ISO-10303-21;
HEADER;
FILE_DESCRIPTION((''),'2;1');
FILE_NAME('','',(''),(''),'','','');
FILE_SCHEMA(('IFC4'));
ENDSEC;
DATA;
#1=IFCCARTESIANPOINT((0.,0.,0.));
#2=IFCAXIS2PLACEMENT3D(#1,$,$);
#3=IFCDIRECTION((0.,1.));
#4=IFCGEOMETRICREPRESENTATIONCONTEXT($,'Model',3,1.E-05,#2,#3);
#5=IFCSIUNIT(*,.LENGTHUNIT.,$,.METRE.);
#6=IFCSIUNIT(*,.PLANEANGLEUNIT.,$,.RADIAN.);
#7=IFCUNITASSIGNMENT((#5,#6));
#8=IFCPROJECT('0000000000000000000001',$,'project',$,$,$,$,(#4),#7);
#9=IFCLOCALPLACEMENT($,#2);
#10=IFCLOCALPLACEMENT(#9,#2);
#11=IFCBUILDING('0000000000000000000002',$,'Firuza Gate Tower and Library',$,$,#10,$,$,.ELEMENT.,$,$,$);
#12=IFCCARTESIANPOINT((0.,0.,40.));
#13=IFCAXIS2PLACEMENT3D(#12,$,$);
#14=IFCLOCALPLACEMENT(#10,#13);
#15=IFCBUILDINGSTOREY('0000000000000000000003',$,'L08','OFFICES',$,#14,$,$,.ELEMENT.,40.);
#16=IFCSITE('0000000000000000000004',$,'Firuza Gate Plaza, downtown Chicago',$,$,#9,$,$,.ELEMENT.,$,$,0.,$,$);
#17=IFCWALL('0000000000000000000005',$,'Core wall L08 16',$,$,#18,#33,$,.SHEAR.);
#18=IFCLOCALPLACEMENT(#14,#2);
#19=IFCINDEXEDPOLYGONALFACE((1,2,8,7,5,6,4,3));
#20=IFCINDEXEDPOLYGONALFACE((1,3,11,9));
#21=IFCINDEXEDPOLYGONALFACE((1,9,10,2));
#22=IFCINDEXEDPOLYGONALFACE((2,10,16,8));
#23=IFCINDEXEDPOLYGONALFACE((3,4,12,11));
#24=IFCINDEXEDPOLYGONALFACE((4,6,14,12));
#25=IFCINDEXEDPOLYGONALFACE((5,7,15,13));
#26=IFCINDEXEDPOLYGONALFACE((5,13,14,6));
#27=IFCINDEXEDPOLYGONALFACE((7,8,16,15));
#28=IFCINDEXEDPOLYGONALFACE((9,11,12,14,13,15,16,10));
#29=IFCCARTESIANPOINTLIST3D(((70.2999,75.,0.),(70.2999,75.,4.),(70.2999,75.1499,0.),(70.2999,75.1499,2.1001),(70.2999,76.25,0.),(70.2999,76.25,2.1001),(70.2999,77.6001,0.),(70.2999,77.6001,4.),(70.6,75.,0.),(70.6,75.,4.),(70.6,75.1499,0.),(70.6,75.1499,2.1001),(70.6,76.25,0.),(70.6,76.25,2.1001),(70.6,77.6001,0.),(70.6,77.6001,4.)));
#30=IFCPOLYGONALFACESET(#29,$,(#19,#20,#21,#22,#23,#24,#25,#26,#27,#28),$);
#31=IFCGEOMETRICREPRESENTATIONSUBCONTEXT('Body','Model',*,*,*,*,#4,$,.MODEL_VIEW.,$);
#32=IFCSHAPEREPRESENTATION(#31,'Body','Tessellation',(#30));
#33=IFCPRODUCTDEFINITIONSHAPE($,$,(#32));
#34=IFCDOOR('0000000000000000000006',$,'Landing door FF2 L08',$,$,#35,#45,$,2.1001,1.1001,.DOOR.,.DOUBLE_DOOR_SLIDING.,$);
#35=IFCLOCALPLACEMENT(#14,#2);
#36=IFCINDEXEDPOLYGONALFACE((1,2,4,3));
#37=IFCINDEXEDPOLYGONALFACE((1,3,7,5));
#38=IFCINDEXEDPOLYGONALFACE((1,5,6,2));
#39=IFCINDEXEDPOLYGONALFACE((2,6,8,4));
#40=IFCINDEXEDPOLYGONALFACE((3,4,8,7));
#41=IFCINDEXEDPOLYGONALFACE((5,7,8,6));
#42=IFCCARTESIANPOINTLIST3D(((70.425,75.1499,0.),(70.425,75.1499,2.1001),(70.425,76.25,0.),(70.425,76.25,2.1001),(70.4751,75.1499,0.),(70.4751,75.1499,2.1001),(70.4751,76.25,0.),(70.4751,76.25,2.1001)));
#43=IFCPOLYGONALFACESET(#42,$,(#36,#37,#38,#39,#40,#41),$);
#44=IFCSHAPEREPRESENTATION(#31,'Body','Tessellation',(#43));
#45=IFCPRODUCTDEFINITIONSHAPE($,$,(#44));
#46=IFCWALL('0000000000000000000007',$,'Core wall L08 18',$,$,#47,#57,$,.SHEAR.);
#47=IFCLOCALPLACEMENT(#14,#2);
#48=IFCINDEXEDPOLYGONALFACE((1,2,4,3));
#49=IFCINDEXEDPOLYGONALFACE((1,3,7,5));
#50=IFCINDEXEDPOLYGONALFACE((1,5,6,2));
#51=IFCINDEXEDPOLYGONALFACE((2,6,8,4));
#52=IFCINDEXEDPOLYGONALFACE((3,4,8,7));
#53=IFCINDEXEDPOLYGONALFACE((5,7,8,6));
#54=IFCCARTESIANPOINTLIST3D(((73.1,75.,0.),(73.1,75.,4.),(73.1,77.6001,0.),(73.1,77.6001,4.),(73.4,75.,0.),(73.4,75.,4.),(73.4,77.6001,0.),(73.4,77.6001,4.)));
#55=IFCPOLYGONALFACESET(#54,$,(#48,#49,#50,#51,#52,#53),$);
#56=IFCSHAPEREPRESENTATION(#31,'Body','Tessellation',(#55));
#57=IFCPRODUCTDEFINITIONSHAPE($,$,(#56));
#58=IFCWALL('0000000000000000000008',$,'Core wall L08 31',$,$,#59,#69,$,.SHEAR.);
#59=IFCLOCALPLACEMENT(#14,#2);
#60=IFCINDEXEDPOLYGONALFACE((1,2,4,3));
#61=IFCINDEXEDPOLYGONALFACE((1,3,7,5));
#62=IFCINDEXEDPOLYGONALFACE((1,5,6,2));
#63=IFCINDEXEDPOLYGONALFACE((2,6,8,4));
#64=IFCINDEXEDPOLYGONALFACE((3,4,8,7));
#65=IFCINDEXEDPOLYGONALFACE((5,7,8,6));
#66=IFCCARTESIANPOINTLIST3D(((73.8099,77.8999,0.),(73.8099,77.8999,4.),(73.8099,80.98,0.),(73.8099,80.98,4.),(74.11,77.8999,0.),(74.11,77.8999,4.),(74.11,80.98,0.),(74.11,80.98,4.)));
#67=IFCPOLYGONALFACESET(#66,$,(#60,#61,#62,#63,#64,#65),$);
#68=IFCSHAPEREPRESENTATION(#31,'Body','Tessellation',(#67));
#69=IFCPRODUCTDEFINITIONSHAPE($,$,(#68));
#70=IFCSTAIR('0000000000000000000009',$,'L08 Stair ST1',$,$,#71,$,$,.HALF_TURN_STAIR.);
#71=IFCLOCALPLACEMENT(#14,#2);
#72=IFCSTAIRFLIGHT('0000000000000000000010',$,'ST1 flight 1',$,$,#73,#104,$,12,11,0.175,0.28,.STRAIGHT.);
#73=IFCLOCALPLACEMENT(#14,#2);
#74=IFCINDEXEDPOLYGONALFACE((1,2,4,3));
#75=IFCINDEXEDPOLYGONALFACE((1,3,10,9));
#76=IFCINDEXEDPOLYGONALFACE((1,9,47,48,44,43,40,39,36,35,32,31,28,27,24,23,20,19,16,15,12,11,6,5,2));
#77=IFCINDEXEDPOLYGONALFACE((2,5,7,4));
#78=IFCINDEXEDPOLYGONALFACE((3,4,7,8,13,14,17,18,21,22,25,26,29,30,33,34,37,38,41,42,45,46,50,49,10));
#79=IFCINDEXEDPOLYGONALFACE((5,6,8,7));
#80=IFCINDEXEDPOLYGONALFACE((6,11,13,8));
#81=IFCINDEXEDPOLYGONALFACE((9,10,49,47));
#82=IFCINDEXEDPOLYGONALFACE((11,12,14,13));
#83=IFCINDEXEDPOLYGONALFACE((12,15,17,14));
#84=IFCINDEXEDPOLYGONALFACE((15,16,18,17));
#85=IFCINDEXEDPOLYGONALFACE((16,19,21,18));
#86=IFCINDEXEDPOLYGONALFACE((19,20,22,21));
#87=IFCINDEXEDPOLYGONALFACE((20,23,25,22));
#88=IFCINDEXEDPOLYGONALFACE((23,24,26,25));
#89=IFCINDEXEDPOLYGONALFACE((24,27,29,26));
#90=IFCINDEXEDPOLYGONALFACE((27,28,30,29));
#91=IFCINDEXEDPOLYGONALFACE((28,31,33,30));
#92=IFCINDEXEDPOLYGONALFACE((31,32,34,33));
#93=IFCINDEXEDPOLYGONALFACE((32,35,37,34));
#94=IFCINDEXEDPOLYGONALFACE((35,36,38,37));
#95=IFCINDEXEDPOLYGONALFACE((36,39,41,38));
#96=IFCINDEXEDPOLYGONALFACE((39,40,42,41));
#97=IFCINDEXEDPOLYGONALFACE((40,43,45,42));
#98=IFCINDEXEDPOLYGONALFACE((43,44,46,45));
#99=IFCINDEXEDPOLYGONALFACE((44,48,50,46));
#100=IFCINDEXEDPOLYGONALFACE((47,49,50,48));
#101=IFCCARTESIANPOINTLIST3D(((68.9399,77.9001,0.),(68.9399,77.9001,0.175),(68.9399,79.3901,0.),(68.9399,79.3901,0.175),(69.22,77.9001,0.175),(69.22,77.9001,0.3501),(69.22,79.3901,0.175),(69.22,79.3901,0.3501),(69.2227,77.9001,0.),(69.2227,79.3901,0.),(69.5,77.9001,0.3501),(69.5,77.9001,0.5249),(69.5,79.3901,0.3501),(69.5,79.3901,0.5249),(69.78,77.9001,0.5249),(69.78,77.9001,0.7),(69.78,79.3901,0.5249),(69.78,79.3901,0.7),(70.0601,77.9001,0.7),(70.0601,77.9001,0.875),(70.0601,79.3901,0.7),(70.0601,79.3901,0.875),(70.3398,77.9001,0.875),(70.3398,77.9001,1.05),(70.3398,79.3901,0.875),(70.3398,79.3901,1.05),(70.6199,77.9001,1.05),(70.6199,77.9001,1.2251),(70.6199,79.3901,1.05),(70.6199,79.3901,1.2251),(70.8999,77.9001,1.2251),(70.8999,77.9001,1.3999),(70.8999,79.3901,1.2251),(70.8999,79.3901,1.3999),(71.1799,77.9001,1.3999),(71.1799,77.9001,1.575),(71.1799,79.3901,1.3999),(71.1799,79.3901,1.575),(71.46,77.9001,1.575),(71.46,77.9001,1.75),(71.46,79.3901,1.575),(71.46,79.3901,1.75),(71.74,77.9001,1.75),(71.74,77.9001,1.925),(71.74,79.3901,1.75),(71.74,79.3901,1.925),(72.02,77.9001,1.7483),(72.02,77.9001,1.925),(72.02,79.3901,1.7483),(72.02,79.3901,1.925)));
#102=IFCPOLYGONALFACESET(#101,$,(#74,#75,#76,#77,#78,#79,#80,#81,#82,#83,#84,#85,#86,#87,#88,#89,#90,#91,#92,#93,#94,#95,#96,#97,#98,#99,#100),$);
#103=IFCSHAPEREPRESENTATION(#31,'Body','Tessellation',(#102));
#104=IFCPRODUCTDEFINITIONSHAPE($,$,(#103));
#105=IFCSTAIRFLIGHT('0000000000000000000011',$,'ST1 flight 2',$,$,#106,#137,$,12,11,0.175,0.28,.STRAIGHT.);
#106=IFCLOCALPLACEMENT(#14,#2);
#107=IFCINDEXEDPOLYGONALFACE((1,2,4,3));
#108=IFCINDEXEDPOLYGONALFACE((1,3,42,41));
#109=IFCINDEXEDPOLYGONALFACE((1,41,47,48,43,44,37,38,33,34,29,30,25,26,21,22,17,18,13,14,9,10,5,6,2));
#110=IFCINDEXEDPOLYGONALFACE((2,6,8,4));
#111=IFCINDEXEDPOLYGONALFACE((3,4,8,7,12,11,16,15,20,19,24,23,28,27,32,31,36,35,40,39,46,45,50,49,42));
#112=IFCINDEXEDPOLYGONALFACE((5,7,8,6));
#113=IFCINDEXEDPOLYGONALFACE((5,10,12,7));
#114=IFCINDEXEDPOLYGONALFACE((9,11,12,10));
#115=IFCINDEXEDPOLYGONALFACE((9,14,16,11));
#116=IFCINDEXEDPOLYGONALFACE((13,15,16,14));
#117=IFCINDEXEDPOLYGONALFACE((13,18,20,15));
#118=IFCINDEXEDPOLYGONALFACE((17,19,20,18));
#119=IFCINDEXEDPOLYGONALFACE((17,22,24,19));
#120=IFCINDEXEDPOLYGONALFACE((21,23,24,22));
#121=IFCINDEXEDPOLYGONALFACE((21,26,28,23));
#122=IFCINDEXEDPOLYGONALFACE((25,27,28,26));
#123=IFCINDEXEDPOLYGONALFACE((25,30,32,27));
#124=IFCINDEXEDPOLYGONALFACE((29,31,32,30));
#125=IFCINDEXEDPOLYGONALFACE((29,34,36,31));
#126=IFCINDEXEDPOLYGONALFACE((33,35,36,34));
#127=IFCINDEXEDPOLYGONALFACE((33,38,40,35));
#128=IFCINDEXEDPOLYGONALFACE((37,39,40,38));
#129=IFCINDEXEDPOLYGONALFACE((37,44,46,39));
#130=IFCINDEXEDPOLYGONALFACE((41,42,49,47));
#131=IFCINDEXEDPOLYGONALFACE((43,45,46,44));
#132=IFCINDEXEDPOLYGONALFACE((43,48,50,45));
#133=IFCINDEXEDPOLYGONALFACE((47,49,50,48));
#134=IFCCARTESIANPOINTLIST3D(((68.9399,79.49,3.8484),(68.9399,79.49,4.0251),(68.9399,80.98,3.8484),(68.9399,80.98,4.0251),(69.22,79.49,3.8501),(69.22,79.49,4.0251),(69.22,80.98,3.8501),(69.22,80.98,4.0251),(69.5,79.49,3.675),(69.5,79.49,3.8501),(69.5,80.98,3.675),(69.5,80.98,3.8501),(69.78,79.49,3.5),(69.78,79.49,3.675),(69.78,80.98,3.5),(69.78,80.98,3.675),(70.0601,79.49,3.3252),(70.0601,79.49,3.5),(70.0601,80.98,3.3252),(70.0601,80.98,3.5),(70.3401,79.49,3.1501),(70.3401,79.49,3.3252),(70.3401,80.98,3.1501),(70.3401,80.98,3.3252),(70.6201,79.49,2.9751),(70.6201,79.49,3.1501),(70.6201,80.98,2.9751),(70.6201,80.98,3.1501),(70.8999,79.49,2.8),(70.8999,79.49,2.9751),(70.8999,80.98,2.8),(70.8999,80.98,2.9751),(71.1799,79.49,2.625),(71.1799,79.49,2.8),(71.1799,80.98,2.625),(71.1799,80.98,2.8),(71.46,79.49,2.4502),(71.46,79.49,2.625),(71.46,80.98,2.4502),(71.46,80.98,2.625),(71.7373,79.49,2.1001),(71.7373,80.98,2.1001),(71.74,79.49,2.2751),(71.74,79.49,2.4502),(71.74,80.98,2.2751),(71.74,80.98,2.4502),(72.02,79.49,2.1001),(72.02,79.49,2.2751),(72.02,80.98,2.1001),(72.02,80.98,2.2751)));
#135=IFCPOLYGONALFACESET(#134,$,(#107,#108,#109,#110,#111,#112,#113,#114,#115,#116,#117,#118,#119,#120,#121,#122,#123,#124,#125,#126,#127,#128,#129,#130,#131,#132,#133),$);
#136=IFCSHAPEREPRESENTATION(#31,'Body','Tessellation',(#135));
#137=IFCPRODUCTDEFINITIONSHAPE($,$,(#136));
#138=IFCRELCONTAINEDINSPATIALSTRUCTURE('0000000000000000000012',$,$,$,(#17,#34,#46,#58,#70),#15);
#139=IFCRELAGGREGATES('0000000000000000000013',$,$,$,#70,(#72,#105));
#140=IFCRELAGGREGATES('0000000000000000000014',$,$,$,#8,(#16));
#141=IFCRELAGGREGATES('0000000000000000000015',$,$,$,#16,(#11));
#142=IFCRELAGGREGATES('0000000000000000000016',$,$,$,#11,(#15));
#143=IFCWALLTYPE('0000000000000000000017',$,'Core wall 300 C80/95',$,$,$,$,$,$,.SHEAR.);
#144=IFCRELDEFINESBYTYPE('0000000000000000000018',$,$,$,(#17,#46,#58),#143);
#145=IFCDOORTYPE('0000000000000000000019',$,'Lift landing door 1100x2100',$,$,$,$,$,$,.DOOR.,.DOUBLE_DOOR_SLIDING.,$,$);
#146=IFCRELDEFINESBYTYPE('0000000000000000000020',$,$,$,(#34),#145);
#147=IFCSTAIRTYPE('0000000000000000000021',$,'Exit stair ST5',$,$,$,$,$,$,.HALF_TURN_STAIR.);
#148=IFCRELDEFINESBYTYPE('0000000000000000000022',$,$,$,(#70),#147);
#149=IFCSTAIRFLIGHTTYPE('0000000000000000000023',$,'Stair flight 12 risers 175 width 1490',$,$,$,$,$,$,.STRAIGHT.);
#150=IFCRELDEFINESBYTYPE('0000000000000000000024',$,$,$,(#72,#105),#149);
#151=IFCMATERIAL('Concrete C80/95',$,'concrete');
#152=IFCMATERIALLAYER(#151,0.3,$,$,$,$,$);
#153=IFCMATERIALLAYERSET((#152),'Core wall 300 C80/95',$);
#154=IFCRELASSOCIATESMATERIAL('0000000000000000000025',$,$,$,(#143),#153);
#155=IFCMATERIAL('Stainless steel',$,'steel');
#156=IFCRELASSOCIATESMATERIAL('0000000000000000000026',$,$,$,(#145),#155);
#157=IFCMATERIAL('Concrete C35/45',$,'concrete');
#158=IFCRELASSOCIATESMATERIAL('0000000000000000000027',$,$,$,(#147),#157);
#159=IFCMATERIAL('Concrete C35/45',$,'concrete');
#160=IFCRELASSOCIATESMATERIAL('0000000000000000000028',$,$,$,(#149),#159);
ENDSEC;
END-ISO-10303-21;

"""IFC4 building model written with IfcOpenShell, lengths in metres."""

from ifc_helpers import new_model, si_unit, direction, frame, frame_2d, origin, place, context, subcontext, project, spatial, polyline, rectangle, outline, extrude, material, layer, layer_set, type_object, element, fill, aggregate, save


model = new_model("IFC4")

# Units and contexts
model_context = context("Model", 3, precision=1e-05, world=origin(), true_north=direction((0.0, 1.0)))
body_context = subcontext(model_context, "Body", "Model", "MODEL_VIEW")
ifc_project = project(units=[si_unit("LENGTHUNIT", "METRE"), si_unit("PLANEANGLEUNIT", "RADIAN")], contexts=[model_context])

# Site, building, storey
site_placement = place(None, origin())
site = spatial("IfcSite", under=ifc_project, at=site_placement, Name="Firuza Gate Plaza, downtown Chicago", CompositionType="ELEMENT", RefElevation=0.0)
building_placement = place(site_placement, origin())
building = spatial("IfcBuilding", under=site, at=building_placement, Name="Firuza Gate Tower and Library", CompositionType="ELEMENT")
storey_placement = place(building_placement, frame((0.0, 0.0, 40.0)))
storey = spatial("IfcBuildingStorey", under=building, at=storey_placement, Name="L08", Description="OFFICES", CompositionType="ELEMENT", Elevation=40.0)

# Shared definitions
ifc_material_1 = material(Name="Concrete C80/95", Category="concrete")
ifc_layer_1 = layer(ifc_material_1, 0.3)
ifc_layer_set_1 = layer_set([ifc_layer_1], Name="Core wall 300 C80/95")
wall_type_1 = type_object("IfcWallType", Name="Core wall 300 C80/95", PredefinedType="SHEAR", material=ifc_layer_set_1)
ifc_material_2 = material(Name="Stainless steel", Category="steel")
door_type_1 = type_object("IfcDoorType", Name="Lift landing door 1100x2100", OperationType="DOUBLE_DOOR_SLIDING", PredefinedType="DOOR", material=ifc_material_2)

# Wall, opening, door
wall_1_placement = place(storey_placement, frame((70.45, 75.0, 0.0), z_axis=(0.0, 0.0, 1.0), x_axis=(0.0, 1.0, 0.0)))
wall_1 = element("IfcWall", 1, at=wall_1_placement, inside=storey, type_object=wall_type_1, Name="Core wall L08 16", PredefinedType="SHEAR", context=body_context, shape_type="SweptSolid", body=[
    extrude(rectangle(XDim=2.6001, YDim=0.3, at=frame_2d((1.3, 0.0))), origin(), (0.0, 0.0, 1.0), 4.0),
])
opening_1_placement = place(wall_1_placement, frame((0.1499, 0.0, 0.0)))
opening_1 = element("IfcOpeningElement", 2, at=opening_1_placement, cuts=wall_1, PredefinedType="OPENING", context=body_context, shape_type="SweptSolid", body=[
    extrude(rectangle(XDim=1.1001, YDim=2.1001, at=frame_2d((0.55, 1.05))), frame((0.0, 0.1602, 0.0), z_axis=(0.0, -1.0, 0.0), x_axis=(1.0, 0.0, 0.0)), (0.0, 0.0, 1.0), 0.3201),
])
door_1_placement = place(opening_1_placement, origin())
door_1 = element("IfcDoor", 3, at=door_1_placement, inside=storey, type_object=door_type_1, Name="Landing door FF2 L08", OperationType="DOUBLE_DOOR_SLIDING", OverallHeight=2.1001, OverallWidth=1.1001, PredefinedType="DOOR", context=body_context, shape_type="SweptSolid", body=[
    extrude(rectangle(XDim=1.1001, YDim=2.1001, at=frame_2d((0.55, 1.05))), frame((0.0, 0.0249, 0.0), z_axis=(0.0, -1.0, 0.0), x_axis=(1.0, 0.0, 0.0)), (0.0, 0.0, 1.0), 0.05),
])
fill(opening_1, door_1)

# Walls
wall_2_placement = place(storey_placement, frame((73.25, 75.0, 0.0), z_axis=(0.0, 0.0, 1.0), x_axis=(0.0, 1.0, 0.0)))
element("IfcWall", 4, at=wall_2_placement, inside=storey, type_object=wall_type_1, Name="Core wall L08 18", PredefinedType="SHEAR", context=body_context, shape_type="SweptSolid", body=[
    extrude(rectangle(XDim=2.6001, YDim=0.3, at=frame_2d((1.3, 0.0))), origin(), (0.0, 0.0, 1.0), 4.0),
])
wall_3_placement = place(storey_placement, frame((73.96, 77.8999, 0.0), z_axis=(0.0, 0.0, 1.0), x_axis=(0.0, 1.0, 0.0)))
element("IfcWall", 5, at=wall_3_placement, inside=storey, type_object=wall_type_1, Name="Core wall L08 31", PredefinedType="SHEAR", context=body_context, shape_type="SweptSolid", body=[
    extrude(rectangle(XDim=3.0801, YDim=0.3, at=frame_2d((1.54, 0.0))), origin(), (0.0, 0.0, 1.0), 4.0),
])

# Stair, stair flights
ifc_material_3 = material(Name="Concrete C35/45", Category="concrete")
stair_type = type_object("IfcStairType", Name="Exit stair ST5", PredefinedType="HALF_TURN_STAIR", material=ifc_material_3)
stair_placement = place(storey_placement, origin())
stair = element("IfcStair", 6, at=stair_placement, inside=storey, type_object=stair_type, Name="L08 Stair ST1", PredefinedType="HALF_TURN_STAIR")
ifc_material_4 = material(Name="Concrete C35/45", Category="concrete")
stair_flight_type = type_object("IfcStairFlightType", Name="Stair flight 12 risers 175 width 1490", PredefinedType="STRAIGHT", material=ifc_material_4)
stair_flight_1_placement = place(storey_placement, frame((68.9399, 78.645, 0.0), z_axis=(0.0, 0.0, 1.0), x_axis=(1.0, 0.0, 0.0)))
stair_flight_1 = element("IfcStairFlight", 7, at=stair_flight_1_placement, type_object=stair_flight_type, Name="ST1 flight 1", NumberOfRisers=12, NumberOfTreads=11, PredefinedType="STRAIGHT", RiserHeight=0.175, TreadLength=0.28, context=body_context, shape_type="SweptSolid", body=[
    extrude(outline(polyline([(0.0, 0.0), (0.0, 0.175), (0.28, 0.175), (0.28, 0.3501), (0.5601, 0.3501), (0.5601, 0.5249), (0.8401, 0.5249), (0.8401, 0.7), (1.1201, 0.7), (1.1201, 0.875), (1.3999, 0.875), (1.3999, 1.05), (1.6799, 1.05), (1.6799, 1.2251), (1.96, 1.2251), (1.96, 1.3999), (2.24, 1.3999), (2.24, 1.575), (2.52, 1.575), (2.52, 1.75), (2.8, 1.75), (2.8, 1.925), (3.0801, 1.925), (3.0801, 2.1001), (3.0801, 1.7483), (0.2827, 0.0), (0.0, 0.0)])), frame((0.0, 0.7451, 0.0), z_axis=(0.0, -1.0, 0.0), x_axis=(1.0, 0.0, 0.0)), (0.0, 0.0, 1.0), 1.49),
])
stair_flight_2_placement = place(storey_placement, frame((72.02, 80.2351, 2.1001), z_axis=(0.0, 0.0, 1.0), x_axis=(-1.0, 0.0, 0.0)))
stair_flight_2 = element("IfcStairFlight", 8, at=stair_flight_2_placement, type_object=stair_flight_type, Name="ST1 flight 2", NumberOfRisers=12, NumberOfTreads=11, PredefinedType="STRAIGHT", RiserHeight=0.175, TreadLength=0.28, context=body_context, shape_type="SweptSolid", body=[
    extrude(outline(polyline([(0.0, 0.0), (0.0, 0.175), (0.28, 0.175), (0.28, 0.3501), (0.5601, 0.3501), (0.5601, 0.5249), (0.8401, 0.5249), (0.8401, 0.7), (1.1201, 0.7), (1.1201, 0.875), (1.3999, 0.875), (1.3999, 1.05), (1.6799, 1.05), (1.6799, 1.2251), (1.96, 1.2251), (1.96, 1.3999), (2.24, 1.3999), (2.24, 1.575), (2.52, 1.575), (2.52, 1.75), (2.8, 1.75), (2.8, 1.925), (3.0801, 1.925), (3.0801, 2.1001), (3.0801, 1.7483), (0.2827, 0.0), (0.0, 0.0)])), frame((0.0, 0.7451, 0.0), z_axis=(0.0, -1.0, 0.0), x_axis=(1.0, 0.0, 0.0)), (0.0, 0.0, 1.0), 1.49),
])
aggregate(stair, [stair_flight_1, stair_flight_2])

save(model, "model.ifc")
